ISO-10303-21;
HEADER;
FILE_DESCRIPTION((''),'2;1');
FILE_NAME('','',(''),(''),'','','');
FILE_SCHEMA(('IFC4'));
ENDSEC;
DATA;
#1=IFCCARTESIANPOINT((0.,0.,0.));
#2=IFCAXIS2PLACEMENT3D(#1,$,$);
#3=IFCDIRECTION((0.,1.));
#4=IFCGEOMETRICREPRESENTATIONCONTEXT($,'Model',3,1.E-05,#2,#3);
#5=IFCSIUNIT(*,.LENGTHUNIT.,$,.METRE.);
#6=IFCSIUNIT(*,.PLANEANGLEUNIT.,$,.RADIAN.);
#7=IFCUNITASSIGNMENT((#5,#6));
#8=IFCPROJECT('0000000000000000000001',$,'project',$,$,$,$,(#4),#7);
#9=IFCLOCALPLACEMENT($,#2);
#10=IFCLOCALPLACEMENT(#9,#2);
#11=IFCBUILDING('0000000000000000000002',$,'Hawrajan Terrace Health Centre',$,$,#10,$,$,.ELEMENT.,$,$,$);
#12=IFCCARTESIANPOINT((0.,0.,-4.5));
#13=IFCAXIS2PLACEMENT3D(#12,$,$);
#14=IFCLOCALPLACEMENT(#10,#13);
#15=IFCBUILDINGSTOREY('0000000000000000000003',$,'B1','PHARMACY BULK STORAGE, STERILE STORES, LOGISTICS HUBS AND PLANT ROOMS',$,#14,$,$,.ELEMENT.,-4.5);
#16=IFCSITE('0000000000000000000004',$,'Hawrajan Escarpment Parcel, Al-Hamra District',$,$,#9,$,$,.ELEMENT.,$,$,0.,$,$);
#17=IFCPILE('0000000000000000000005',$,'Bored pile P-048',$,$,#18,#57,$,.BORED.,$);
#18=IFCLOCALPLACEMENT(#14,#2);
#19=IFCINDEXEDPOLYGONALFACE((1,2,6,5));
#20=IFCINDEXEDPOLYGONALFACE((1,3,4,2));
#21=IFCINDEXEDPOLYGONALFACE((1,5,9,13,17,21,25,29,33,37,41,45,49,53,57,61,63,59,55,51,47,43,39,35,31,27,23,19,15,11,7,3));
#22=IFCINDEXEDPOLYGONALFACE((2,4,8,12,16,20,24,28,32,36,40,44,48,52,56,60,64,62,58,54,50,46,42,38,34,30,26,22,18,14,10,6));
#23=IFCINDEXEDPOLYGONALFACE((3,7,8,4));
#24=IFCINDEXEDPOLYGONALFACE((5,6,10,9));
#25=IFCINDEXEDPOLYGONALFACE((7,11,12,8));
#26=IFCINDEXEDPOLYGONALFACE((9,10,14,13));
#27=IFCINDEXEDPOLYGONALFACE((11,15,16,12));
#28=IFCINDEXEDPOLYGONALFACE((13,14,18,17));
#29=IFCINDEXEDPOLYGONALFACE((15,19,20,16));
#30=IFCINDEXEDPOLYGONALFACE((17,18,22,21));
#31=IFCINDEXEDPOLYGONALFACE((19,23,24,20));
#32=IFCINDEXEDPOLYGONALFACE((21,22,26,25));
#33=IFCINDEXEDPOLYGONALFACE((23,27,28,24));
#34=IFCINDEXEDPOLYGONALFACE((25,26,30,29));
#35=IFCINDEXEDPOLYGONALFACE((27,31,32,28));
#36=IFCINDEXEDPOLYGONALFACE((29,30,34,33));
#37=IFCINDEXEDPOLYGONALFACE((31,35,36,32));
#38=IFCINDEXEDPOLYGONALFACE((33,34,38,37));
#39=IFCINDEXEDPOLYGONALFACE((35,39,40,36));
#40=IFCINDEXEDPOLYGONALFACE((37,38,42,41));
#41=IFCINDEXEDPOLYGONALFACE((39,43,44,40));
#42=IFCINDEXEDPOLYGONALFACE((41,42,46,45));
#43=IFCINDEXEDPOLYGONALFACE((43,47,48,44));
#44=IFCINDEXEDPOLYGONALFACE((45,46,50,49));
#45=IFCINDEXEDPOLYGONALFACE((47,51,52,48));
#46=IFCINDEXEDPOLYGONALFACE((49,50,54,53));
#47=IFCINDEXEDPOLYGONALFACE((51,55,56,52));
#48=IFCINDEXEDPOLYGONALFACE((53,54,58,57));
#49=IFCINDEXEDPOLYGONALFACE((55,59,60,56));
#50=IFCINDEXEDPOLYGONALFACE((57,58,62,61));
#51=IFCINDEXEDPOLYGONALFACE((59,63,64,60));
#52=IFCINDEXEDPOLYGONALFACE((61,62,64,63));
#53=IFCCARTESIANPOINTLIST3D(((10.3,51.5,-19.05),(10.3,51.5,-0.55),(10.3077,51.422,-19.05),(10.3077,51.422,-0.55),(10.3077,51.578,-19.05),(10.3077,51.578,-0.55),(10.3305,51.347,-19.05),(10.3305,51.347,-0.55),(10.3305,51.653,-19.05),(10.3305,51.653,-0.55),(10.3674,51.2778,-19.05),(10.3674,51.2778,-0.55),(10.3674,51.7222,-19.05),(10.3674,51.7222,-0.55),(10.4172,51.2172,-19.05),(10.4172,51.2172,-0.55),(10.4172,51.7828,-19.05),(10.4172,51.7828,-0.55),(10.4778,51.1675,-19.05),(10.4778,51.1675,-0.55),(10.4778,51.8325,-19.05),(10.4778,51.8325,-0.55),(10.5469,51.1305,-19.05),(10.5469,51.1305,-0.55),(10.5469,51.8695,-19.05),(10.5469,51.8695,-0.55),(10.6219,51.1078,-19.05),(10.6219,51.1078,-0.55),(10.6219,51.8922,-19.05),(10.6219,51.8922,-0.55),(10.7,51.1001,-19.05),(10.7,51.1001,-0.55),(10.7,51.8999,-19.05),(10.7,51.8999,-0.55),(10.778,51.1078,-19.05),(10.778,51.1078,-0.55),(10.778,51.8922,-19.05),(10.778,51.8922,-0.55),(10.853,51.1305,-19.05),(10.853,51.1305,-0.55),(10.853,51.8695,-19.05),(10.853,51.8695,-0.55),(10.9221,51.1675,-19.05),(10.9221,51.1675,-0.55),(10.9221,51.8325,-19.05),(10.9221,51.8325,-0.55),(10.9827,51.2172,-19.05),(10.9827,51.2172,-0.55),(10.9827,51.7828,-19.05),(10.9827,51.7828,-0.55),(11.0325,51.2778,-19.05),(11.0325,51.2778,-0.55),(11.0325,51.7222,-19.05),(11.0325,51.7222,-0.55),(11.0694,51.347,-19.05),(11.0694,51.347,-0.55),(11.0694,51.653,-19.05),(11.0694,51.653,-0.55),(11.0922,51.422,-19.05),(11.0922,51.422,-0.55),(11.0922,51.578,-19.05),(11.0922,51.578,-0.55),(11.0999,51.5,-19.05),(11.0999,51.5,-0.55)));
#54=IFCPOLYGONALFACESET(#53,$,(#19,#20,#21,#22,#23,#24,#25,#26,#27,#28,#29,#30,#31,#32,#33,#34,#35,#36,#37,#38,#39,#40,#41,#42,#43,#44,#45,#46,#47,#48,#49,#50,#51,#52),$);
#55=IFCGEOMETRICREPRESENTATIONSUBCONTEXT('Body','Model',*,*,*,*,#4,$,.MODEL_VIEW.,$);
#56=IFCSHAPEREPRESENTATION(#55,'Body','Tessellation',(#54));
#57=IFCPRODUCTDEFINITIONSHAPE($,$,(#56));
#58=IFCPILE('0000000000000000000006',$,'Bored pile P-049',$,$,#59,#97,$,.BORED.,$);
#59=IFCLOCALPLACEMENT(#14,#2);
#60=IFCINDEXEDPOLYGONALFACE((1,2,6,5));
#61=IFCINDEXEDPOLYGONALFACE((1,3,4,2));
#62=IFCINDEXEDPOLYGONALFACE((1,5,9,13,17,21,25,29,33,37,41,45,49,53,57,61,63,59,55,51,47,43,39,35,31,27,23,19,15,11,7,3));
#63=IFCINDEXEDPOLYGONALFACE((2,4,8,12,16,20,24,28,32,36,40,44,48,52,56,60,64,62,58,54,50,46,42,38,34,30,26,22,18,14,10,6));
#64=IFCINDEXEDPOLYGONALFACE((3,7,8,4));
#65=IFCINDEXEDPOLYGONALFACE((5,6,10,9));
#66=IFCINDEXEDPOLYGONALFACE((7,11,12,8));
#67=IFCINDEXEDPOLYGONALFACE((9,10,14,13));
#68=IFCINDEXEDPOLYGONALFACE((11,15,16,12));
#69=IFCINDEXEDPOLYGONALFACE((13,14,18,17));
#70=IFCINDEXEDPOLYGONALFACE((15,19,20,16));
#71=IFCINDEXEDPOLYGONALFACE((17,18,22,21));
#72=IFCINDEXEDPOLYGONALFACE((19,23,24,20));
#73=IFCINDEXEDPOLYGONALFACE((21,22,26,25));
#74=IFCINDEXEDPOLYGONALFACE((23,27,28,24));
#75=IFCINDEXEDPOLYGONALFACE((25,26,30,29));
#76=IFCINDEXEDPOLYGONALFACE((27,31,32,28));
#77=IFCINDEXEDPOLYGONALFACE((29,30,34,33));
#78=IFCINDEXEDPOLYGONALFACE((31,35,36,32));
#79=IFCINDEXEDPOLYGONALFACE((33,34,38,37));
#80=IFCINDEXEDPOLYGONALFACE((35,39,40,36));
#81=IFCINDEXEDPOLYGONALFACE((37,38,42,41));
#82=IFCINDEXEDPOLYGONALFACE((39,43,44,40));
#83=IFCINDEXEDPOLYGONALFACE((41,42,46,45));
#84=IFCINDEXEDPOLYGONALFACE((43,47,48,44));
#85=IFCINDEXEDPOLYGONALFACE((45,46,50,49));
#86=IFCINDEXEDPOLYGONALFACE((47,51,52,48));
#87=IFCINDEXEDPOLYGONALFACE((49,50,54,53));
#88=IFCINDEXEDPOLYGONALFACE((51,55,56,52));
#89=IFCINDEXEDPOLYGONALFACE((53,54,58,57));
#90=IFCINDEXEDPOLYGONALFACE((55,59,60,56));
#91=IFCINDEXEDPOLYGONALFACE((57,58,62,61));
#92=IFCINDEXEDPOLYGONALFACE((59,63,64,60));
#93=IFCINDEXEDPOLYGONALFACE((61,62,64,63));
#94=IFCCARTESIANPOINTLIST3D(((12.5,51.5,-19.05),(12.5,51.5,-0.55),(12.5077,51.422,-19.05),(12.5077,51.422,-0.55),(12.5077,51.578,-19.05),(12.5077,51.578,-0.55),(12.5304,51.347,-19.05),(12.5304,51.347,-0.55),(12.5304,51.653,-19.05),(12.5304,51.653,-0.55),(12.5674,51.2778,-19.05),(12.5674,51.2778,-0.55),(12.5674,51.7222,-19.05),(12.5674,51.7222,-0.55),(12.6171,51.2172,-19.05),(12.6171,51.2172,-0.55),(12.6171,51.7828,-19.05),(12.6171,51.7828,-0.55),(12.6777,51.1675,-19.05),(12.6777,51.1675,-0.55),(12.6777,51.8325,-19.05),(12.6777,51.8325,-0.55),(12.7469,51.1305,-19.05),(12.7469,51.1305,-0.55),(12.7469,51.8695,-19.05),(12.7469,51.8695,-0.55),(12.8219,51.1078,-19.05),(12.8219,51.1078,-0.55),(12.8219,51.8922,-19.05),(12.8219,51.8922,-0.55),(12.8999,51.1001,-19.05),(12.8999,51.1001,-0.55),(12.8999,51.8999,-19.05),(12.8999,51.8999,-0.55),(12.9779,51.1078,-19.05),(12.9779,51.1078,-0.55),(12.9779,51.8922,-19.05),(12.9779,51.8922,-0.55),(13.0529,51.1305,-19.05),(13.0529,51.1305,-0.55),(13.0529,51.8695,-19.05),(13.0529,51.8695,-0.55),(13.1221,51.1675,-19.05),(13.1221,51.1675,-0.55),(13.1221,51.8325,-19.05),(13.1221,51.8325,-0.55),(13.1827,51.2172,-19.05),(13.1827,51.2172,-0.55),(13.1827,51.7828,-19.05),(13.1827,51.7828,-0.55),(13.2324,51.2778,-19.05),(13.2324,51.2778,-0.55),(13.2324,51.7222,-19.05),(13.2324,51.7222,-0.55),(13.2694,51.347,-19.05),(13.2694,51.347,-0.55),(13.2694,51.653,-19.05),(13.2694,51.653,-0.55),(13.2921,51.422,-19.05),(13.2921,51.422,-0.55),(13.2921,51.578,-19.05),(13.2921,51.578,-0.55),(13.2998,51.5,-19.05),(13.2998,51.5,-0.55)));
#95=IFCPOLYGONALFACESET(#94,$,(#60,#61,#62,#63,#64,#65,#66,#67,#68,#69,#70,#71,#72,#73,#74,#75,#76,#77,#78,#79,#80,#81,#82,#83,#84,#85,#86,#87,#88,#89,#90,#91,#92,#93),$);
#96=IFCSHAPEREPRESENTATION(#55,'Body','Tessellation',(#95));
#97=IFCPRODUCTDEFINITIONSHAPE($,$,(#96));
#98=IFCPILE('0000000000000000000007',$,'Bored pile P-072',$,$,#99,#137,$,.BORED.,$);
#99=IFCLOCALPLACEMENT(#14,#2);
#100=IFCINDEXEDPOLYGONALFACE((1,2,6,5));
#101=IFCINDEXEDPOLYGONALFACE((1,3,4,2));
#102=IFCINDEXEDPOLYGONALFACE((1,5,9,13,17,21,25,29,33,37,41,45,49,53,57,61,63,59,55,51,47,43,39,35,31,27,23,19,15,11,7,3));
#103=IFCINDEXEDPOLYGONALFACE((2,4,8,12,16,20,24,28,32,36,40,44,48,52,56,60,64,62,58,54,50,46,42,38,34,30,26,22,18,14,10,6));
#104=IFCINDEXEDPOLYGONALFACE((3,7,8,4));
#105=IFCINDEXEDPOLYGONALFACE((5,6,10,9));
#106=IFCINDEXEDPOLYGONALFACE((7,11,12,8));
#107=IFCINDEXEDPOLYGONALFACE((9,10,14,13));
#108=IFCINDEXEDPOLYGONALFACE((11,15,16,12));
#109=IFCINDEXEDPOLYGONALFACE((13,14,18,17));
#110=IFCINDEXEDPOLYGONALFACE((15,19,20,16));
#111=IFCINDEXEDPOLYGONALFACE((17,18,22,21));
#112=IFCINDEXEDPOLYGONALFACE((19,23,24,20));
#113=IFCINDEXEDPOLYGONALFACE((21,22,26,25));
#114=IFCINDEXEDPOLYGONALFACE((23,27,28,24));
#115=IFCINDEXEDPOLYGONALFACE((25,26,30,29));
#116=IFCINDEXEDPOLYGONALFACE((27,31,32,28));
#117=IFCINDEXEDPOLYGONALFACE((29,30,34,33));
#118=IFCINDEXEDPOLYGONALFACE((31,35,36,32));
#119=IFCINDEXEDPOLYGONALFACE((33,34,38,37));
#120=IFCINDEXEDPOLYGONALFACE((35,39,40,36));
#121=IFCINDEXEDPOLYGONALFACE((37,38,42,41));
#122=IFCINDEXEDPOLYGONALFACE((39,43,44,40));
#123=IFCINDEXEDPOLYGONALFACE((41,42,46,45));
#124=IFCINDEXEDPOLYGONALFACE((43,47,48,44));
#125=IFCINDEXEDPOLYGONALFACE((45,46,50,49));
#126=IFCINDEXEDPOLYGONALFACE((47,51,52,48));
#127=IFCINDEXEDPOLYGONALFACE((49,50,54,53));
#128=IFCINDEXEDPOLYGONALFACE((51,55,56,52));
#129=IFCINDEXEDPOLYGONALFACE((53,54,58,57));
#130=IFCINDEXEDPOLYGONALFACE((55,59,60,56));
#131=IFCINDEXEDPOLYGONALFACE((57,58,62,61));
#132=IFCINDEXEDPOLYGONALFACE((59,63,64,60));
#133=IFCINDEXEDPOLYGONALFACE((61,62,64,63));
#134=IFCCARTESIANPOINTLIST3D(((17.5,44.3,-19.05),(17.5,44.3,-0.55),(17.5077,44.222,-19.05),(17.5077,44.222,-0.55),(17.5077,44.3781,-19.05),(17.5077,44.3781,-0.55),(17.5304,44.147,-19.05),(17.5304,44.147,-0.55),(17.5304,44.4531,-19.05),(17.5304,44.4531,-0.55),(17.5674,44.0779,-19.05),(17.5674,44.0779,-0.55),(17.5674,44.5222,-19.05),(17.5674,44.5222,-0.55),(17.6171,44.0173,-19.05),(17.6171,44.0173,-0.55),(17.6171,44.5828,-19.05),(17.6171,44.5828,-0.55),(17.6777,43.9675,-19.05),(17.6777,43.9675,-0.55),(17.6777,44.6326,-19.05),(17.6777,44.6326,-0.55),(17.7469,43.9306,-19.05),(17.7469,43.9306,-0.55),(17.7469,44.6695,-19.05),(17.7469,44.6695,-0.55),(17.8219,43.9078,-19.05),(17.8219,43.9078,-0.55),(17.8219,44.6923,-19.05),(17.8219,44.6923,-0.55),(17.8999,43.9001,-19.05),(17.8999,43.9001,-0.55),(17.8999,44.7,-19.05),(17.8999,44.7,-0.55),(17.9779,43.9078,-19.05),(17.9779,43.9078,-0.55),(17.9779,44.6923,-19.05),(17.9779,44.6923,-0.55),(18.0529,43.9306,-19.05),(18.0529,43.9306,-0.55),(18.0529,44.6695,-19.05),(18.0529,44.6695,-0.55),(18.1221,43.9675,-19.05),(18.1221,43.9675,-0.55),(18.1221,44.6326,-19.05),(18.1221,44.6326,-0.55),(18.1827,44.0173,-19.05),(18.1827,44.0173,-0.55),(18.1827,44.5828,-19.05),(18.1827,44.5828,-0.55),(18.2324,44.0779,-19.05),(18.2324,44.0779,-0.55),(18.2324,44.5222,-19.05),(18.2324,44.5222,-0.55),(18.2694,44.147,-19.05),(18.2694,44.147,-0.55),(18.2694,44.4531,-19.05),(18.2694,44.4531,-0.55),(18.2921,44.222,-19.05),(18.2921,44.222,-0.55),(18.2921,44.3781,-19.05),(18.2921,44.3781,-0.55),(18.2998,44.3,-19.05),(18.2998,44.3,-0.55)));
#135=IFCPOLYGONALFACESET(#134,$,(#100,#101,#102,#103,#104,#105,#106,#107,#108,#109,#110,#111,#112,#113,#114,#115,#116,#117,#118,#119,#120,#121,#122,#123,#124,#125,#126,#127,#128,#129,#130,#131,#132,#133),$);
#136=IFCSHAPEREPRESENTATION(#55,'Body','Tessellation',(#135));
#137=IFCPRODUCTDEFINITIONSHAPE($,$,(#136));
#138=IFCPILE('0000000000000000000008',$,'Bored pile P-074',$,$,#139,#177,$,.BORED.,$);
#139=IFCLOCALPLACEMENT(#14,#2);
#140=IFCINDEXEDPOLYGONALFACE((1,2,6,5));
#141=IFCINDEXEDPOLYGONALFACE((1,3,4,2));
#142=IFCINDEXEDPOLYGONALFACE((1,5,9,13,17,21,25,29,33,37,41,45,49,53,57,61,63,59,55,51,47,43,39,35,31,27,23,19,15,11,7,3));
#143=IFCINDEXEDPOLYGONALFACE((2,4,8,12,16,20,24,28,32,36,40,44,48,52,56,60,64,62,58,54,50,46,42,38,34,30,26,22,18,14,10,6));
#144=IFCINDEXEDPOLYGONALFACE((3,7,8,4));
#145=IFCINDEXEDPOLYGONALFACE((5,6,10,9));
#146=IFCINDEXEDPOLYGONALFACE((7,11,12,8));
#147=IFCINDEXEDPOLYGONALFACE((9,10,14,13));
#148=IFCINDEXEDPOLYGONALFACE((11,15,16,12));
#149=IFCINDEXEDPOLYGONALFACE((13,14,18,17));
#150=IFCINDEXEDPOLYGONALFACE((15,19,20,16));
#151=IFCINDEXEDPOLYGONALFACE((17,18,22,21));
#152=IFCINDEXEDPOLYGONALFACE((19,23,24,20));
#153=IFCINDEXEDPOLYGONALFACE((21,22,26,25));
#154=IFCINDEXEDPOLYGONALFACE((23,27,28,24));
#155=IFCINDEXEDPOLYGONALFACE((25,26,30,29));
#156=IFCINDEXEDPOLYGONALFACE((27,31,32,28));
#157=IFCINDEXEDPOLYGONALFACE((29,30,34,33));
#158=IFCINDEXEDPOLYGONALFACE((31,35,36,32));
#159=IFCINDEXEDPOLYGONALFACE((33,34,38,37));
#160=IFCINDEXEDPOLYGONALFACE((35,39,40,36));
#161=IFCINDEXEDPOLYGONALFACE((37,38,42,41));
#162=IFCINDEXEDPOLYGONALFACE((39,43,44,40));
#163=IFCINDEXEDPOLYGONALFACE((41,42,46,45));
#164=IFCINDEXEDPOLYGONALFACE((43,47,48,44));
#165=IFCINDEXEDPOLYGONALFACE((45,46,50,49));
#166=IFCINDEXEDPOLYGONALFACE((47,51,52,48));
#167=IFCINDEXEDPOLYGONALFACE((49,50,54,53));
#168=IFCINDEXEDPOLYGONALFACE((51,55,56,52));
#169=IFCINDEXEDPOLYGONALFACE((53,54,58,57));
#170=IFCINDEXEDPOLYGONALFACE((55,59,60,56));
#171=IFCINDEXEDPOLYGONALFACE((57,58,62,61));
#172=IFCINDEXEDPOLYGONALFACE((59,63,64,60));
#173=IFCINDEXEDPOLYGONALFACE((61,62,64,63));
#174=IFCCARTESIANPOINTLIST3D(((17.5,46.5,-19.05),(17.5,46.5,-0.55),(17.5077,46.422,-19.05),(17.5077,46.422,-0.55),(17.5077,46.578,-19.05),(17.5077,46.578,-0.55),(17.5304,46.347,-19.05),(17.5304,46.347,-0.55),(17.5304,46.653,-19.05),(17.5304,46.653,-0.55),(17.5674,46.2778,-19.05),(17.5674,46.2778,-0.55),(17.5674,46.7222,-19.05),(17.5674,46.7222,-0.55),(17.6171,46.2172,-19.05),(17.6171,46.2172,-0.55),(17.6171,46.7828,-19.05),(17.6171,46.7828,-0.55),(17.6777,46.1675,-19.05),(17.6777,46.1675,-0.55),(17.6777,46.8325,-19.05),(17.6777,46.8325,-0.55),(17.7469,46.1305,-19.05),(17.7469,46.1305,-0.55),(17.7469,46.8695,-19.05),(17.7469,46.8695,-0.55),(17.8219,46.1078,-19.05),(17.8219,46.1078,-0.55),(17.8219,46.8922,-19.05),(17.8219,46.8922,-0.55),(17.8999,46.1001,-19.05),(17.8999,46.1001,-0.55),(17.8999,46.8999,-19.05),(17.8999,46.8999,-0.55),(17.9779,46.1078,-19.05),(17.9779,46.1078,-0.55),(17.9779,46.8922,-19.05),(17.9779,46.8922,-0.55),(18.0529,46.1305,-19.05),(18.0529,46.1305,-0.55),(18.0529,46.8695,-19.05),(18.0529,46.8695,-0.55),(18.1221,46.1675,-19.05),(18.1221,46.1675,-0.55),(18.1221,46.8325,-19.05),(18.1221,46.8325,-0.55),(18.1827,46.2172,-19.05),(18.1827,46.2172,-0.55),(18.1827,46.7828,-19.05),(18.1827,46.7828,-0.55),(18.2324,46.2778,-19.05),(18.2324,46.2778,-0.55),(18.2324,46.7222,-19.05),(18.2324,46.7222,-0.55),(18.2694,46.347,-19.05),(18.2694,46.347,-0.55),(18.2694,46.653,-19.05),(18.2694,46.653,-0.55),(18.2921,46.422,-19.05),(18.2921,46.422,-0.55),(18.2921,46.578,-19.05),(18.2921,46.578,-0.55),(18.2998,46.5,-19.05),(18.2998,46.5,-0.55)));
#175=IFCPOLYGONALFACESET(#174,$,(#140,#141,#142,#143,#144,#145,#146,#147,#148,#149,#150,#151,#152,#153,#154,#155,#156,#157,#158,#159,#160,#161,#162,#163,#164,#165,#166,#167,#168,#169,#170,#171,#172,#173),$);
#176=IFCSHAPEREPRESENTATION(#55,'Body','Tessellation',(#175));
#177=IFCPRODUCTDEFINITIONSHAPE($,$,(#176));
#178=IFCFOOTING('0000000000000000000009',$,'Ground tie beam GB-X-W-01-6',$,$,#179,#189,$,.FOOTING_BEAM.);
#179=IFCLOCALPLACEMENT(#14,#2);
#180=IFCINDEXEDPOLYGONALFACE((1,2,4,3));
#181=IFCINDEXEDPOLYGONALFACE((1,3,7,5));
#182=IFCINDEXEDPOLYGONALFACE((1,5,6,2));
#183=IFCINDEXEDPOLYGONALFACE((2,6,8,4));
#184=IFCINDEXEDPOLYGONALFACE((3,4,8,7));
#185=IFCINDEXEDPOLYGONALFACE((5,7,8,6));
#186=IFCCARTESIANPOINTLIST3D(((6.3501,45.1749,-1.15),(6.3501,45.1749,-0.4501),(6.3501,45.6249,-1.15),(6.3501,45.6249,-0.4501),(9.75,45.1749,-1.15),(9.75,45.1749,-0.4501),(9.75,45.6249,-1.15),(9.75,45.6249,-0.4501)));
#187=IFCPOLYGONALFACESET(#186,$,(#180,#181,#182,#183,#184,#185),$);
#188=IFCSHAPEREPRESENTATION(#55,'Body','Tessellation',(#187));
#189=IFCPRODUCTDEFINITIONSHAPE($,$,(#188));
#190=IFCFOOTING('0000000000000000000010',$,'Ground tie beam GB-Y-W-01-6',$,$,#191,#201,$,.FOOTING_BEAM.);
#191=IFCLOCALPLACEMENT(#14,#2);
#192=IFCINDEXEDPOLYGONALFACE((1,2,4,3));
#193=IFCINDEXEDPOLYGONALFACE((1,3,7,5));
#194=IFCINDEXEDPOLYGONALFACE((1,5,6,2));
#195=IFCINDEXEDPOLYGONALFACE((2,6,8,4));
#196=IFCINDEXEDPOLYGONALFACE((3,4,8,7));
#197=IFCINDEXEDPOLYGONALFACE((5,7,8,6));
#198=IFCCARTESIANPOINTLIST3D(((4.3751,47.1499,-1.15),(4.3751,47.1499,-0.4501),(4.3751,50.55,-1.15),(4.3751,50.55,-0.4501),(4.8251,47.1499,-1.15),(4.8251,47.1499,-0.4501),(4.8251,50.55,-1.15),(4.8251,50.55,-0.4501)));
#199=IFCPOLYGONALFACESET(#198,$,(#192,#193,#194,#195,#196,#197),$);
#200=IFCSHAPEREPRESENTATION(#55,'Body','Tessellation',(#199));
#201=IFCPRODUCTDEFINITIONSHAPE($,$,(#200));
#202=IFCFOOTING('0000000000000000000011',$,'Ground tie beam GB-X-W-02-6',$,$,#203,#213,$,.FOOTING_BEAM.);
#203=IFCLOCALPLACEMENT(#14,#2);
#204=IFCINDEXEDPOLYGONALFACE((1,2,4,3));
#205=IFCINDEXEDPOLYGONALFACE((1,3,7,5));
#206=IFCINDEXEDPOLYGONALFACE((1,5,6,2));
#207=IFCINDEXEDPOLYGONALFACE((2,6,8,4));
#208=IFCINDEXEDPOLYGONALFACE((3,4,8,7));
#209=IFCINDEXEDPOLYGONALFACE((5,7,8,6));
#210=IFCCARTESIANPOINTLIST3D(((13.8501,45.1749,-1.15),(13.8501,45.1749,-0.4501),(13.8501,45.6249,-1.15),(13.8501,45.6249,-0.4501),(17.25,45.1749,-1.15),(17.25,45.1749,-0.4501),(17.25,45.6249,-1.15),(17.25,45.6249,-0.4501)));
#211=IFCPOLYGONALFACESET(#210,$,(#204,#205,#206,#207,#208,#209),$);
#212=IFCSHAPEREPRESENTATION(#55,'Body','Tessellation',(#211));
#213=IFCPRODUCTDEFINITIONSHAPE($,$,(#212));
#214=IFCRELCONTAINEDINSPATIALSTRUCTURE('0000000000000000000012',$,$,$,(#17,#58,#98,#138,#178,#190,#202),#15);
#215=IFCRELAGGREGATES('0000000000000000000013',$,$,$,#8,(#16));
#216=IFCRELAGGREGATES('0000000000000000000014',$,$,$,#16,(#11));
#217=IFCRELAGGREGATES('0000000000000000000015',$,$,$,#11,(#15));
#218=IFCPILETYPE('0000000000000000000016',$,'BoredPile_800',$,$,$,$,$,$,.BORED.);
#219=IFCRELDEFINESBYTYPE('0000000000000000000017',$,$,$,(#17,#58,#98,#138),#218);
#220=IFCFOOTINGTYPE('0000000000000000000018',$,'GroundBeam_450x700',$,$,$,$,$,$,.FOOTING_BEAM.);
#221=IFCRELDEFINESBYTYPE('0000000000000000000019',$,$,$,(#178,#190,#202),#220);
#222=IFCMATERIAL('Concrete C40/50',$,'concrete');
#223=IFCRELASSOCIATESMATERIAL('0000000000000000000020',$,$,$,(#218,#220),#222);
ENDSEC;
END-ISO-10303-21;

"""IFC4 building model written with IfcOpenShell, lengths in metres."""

from ifc_helpers import new_model, si_unit, direction, frame, origin, origin_2d, place, context, subcontext, project, spatial, rectangle, circle, extrude, material, material_profile, profile_set, type_object, element, save


model = new_model("IFC4")

# Units and contexts
model_context = context("Model", 3, precision=1e-05, world=origin(), true_north=direction((0.0, 1.0)))
body_context = subcontext(model_context, "Body", "Model", "MODEL_VIEW")
ifc_project = project(units=[si_unit("LENGTHUNIT", "METRE"), si_unit("PLANEANGLEUNIT", "RADIAN")], contexts=[model_context])

# Site, building, storey
site_placement = place(None, origin())
site = spatial("IfcSite", under=ifc_project, at=site_placement, Name="Hawrajan Escarpment Parcel, Al-Hamra District", CompositionType="ELEMENT", RefElevation=0.0)
building_placement = place(site_placement, origin())
building = spatial("IfcBuilding", under=site, at=building_placement, Name="Hawrajan Terrace Health Centre", CompositionType="ELEMENT")
storey_placement = place(building_placement, frame((0.0, 0.0, -4.5)))
storey = spatial("IfcBuildingStorey", under=building, at=storey_placement, Name="B1", Description="PHARMACY BULK STORAGE, STERILE STORES, LOGISTICS HUBS AND PLANT ROOMS", CompositionType="ELEMENT", Elevation=-4.5)

# Piles
ifc_material_1 = material(Name="Concrete C40/50", Category="concrete")
ifc_material_profile_1 = material_profile(ifc_material_1, circle(Radius=0.3999, at=origin_2d()), Name="BP 800")
ifc_profile_set_1 = profile_set([ifc_material_profile_1], Name="Concrete C40/50")
pile_type_1 = type_object("IfcPileType", Name="BoredPile_800", PredefinedType="BORED", material=ifc_profile_set_1)
for number, where, z_axis, x_axis, name in (
    (1, (10.7, 51.5, -0.55), (0.0, 0.0, -1.0), (1.0, 0.0, 0.0), "Bored pile P-048"),
    (2, (12.8999, 51.5, -0.55), (0.0, 0.0, -1.0), (1.0, 0.0, 0.0), "Bored pile P-049"),
    (3, (17.8999, 44.3, -0.55), (0.0, 0.0, -1.0), (1.0, 0.0, 0.0), "Bored pile P-072"),
    (4, (17.8999, 46.5, -0.55), (0.0, 0.0, -1.0), (1.0, 0.0, 0.0), "Bored pile P-074"),
):
    element("IfcPile", number, at=place(storey_placement, frame(where, z_axis=z_axis, x_axis=x_axis)), inside=storey, type_object=pile_type_1, Name=name, PredefinedType="BORED", context=body_context, shape_type="SweptSolid", body=[
        extrude(circle(Radius=0.3999, at=origin_2d()), origin(), (0.0, 0.0, 1.0), 18.5),
    ])

# Footings
ifc_material_profile_2 = material_profile(ifc_material_1, rectangle(XDim=0.45, YDim=0.7, at=origin_2d()), Name="RC BM 450x700")
ifc_profile_set_2 = profile_set([ifc_material_profile_2], Name="Concrete C40/50")
footing_type_1 = type_object("IfcFootingType", Name="GroundBeam_450x700", PredefinedType="FOOTING_BEAM", material=ifc_profile_set_2)
footing_1_placement = place(storey_placement, frame((6.3501, 45.3999, -0.8), z_axis=(1.0, 0.0, 0.0), x_axis=(0.0, 1.0, 0.0)))
element("IfcFooting", 5, at=footing_1_placement, inside=storey, type_object=footing_type_1, Name="Ground tie beam GB-X-W-01-6", PredefinedType="FOOTING_BEAM", context=body_context, shape_type="SweptSolid", body=[
    extrude(rectangle(XDim=0.45, YDim=0.7, at=origin_2d()), origin(), (0.0, 0.0, 1.0), 3.3999),
])
footing_2_placement = place(storey_placement, frame((4.6001, 47.1499, -0.8), z_axis=(0.0, 1.0, 0.0), x_axis=(-1.0, 0.0, 0.0)))
element("IfcFooting", 6, at=footing_2_placement, inside=storey, type_object=footing_type_1, Name="Ground tie beam GB-Y-W-01-6", PredefinedType="FOOTING_BEAM", context=body_context, shape_type="SweptSolid", body=[
    extrude(rectangle(XDim=0.45, YDim=0.7, at=origin_2d()), origin(), (0.0, 0.0, 1.0), 3.4001),
])
footing_3_placement = place(storey_placement, frame((13.8501, 45.3999, -0.8), z_axis=(1.0, 0.0, 0.0), x_axis=(0.0, 1.0, 0.0)))
element("IfcFooting", 7, at=footing_3_placement, inside=storey, type_object=footing_type_1, Name="Ground tie beam GB-X-W-02-6", PredefinedType="FOOTING_BEAM", context=body_context, shape_type="SweptSolid", body=[
    extrude(rectangle(XDim=0.45, YDim=0.7, at=origin_2d()), origin(), (0.0, 0.0, 1.0), 3.3999),
])

save(model, "model.ifc")
